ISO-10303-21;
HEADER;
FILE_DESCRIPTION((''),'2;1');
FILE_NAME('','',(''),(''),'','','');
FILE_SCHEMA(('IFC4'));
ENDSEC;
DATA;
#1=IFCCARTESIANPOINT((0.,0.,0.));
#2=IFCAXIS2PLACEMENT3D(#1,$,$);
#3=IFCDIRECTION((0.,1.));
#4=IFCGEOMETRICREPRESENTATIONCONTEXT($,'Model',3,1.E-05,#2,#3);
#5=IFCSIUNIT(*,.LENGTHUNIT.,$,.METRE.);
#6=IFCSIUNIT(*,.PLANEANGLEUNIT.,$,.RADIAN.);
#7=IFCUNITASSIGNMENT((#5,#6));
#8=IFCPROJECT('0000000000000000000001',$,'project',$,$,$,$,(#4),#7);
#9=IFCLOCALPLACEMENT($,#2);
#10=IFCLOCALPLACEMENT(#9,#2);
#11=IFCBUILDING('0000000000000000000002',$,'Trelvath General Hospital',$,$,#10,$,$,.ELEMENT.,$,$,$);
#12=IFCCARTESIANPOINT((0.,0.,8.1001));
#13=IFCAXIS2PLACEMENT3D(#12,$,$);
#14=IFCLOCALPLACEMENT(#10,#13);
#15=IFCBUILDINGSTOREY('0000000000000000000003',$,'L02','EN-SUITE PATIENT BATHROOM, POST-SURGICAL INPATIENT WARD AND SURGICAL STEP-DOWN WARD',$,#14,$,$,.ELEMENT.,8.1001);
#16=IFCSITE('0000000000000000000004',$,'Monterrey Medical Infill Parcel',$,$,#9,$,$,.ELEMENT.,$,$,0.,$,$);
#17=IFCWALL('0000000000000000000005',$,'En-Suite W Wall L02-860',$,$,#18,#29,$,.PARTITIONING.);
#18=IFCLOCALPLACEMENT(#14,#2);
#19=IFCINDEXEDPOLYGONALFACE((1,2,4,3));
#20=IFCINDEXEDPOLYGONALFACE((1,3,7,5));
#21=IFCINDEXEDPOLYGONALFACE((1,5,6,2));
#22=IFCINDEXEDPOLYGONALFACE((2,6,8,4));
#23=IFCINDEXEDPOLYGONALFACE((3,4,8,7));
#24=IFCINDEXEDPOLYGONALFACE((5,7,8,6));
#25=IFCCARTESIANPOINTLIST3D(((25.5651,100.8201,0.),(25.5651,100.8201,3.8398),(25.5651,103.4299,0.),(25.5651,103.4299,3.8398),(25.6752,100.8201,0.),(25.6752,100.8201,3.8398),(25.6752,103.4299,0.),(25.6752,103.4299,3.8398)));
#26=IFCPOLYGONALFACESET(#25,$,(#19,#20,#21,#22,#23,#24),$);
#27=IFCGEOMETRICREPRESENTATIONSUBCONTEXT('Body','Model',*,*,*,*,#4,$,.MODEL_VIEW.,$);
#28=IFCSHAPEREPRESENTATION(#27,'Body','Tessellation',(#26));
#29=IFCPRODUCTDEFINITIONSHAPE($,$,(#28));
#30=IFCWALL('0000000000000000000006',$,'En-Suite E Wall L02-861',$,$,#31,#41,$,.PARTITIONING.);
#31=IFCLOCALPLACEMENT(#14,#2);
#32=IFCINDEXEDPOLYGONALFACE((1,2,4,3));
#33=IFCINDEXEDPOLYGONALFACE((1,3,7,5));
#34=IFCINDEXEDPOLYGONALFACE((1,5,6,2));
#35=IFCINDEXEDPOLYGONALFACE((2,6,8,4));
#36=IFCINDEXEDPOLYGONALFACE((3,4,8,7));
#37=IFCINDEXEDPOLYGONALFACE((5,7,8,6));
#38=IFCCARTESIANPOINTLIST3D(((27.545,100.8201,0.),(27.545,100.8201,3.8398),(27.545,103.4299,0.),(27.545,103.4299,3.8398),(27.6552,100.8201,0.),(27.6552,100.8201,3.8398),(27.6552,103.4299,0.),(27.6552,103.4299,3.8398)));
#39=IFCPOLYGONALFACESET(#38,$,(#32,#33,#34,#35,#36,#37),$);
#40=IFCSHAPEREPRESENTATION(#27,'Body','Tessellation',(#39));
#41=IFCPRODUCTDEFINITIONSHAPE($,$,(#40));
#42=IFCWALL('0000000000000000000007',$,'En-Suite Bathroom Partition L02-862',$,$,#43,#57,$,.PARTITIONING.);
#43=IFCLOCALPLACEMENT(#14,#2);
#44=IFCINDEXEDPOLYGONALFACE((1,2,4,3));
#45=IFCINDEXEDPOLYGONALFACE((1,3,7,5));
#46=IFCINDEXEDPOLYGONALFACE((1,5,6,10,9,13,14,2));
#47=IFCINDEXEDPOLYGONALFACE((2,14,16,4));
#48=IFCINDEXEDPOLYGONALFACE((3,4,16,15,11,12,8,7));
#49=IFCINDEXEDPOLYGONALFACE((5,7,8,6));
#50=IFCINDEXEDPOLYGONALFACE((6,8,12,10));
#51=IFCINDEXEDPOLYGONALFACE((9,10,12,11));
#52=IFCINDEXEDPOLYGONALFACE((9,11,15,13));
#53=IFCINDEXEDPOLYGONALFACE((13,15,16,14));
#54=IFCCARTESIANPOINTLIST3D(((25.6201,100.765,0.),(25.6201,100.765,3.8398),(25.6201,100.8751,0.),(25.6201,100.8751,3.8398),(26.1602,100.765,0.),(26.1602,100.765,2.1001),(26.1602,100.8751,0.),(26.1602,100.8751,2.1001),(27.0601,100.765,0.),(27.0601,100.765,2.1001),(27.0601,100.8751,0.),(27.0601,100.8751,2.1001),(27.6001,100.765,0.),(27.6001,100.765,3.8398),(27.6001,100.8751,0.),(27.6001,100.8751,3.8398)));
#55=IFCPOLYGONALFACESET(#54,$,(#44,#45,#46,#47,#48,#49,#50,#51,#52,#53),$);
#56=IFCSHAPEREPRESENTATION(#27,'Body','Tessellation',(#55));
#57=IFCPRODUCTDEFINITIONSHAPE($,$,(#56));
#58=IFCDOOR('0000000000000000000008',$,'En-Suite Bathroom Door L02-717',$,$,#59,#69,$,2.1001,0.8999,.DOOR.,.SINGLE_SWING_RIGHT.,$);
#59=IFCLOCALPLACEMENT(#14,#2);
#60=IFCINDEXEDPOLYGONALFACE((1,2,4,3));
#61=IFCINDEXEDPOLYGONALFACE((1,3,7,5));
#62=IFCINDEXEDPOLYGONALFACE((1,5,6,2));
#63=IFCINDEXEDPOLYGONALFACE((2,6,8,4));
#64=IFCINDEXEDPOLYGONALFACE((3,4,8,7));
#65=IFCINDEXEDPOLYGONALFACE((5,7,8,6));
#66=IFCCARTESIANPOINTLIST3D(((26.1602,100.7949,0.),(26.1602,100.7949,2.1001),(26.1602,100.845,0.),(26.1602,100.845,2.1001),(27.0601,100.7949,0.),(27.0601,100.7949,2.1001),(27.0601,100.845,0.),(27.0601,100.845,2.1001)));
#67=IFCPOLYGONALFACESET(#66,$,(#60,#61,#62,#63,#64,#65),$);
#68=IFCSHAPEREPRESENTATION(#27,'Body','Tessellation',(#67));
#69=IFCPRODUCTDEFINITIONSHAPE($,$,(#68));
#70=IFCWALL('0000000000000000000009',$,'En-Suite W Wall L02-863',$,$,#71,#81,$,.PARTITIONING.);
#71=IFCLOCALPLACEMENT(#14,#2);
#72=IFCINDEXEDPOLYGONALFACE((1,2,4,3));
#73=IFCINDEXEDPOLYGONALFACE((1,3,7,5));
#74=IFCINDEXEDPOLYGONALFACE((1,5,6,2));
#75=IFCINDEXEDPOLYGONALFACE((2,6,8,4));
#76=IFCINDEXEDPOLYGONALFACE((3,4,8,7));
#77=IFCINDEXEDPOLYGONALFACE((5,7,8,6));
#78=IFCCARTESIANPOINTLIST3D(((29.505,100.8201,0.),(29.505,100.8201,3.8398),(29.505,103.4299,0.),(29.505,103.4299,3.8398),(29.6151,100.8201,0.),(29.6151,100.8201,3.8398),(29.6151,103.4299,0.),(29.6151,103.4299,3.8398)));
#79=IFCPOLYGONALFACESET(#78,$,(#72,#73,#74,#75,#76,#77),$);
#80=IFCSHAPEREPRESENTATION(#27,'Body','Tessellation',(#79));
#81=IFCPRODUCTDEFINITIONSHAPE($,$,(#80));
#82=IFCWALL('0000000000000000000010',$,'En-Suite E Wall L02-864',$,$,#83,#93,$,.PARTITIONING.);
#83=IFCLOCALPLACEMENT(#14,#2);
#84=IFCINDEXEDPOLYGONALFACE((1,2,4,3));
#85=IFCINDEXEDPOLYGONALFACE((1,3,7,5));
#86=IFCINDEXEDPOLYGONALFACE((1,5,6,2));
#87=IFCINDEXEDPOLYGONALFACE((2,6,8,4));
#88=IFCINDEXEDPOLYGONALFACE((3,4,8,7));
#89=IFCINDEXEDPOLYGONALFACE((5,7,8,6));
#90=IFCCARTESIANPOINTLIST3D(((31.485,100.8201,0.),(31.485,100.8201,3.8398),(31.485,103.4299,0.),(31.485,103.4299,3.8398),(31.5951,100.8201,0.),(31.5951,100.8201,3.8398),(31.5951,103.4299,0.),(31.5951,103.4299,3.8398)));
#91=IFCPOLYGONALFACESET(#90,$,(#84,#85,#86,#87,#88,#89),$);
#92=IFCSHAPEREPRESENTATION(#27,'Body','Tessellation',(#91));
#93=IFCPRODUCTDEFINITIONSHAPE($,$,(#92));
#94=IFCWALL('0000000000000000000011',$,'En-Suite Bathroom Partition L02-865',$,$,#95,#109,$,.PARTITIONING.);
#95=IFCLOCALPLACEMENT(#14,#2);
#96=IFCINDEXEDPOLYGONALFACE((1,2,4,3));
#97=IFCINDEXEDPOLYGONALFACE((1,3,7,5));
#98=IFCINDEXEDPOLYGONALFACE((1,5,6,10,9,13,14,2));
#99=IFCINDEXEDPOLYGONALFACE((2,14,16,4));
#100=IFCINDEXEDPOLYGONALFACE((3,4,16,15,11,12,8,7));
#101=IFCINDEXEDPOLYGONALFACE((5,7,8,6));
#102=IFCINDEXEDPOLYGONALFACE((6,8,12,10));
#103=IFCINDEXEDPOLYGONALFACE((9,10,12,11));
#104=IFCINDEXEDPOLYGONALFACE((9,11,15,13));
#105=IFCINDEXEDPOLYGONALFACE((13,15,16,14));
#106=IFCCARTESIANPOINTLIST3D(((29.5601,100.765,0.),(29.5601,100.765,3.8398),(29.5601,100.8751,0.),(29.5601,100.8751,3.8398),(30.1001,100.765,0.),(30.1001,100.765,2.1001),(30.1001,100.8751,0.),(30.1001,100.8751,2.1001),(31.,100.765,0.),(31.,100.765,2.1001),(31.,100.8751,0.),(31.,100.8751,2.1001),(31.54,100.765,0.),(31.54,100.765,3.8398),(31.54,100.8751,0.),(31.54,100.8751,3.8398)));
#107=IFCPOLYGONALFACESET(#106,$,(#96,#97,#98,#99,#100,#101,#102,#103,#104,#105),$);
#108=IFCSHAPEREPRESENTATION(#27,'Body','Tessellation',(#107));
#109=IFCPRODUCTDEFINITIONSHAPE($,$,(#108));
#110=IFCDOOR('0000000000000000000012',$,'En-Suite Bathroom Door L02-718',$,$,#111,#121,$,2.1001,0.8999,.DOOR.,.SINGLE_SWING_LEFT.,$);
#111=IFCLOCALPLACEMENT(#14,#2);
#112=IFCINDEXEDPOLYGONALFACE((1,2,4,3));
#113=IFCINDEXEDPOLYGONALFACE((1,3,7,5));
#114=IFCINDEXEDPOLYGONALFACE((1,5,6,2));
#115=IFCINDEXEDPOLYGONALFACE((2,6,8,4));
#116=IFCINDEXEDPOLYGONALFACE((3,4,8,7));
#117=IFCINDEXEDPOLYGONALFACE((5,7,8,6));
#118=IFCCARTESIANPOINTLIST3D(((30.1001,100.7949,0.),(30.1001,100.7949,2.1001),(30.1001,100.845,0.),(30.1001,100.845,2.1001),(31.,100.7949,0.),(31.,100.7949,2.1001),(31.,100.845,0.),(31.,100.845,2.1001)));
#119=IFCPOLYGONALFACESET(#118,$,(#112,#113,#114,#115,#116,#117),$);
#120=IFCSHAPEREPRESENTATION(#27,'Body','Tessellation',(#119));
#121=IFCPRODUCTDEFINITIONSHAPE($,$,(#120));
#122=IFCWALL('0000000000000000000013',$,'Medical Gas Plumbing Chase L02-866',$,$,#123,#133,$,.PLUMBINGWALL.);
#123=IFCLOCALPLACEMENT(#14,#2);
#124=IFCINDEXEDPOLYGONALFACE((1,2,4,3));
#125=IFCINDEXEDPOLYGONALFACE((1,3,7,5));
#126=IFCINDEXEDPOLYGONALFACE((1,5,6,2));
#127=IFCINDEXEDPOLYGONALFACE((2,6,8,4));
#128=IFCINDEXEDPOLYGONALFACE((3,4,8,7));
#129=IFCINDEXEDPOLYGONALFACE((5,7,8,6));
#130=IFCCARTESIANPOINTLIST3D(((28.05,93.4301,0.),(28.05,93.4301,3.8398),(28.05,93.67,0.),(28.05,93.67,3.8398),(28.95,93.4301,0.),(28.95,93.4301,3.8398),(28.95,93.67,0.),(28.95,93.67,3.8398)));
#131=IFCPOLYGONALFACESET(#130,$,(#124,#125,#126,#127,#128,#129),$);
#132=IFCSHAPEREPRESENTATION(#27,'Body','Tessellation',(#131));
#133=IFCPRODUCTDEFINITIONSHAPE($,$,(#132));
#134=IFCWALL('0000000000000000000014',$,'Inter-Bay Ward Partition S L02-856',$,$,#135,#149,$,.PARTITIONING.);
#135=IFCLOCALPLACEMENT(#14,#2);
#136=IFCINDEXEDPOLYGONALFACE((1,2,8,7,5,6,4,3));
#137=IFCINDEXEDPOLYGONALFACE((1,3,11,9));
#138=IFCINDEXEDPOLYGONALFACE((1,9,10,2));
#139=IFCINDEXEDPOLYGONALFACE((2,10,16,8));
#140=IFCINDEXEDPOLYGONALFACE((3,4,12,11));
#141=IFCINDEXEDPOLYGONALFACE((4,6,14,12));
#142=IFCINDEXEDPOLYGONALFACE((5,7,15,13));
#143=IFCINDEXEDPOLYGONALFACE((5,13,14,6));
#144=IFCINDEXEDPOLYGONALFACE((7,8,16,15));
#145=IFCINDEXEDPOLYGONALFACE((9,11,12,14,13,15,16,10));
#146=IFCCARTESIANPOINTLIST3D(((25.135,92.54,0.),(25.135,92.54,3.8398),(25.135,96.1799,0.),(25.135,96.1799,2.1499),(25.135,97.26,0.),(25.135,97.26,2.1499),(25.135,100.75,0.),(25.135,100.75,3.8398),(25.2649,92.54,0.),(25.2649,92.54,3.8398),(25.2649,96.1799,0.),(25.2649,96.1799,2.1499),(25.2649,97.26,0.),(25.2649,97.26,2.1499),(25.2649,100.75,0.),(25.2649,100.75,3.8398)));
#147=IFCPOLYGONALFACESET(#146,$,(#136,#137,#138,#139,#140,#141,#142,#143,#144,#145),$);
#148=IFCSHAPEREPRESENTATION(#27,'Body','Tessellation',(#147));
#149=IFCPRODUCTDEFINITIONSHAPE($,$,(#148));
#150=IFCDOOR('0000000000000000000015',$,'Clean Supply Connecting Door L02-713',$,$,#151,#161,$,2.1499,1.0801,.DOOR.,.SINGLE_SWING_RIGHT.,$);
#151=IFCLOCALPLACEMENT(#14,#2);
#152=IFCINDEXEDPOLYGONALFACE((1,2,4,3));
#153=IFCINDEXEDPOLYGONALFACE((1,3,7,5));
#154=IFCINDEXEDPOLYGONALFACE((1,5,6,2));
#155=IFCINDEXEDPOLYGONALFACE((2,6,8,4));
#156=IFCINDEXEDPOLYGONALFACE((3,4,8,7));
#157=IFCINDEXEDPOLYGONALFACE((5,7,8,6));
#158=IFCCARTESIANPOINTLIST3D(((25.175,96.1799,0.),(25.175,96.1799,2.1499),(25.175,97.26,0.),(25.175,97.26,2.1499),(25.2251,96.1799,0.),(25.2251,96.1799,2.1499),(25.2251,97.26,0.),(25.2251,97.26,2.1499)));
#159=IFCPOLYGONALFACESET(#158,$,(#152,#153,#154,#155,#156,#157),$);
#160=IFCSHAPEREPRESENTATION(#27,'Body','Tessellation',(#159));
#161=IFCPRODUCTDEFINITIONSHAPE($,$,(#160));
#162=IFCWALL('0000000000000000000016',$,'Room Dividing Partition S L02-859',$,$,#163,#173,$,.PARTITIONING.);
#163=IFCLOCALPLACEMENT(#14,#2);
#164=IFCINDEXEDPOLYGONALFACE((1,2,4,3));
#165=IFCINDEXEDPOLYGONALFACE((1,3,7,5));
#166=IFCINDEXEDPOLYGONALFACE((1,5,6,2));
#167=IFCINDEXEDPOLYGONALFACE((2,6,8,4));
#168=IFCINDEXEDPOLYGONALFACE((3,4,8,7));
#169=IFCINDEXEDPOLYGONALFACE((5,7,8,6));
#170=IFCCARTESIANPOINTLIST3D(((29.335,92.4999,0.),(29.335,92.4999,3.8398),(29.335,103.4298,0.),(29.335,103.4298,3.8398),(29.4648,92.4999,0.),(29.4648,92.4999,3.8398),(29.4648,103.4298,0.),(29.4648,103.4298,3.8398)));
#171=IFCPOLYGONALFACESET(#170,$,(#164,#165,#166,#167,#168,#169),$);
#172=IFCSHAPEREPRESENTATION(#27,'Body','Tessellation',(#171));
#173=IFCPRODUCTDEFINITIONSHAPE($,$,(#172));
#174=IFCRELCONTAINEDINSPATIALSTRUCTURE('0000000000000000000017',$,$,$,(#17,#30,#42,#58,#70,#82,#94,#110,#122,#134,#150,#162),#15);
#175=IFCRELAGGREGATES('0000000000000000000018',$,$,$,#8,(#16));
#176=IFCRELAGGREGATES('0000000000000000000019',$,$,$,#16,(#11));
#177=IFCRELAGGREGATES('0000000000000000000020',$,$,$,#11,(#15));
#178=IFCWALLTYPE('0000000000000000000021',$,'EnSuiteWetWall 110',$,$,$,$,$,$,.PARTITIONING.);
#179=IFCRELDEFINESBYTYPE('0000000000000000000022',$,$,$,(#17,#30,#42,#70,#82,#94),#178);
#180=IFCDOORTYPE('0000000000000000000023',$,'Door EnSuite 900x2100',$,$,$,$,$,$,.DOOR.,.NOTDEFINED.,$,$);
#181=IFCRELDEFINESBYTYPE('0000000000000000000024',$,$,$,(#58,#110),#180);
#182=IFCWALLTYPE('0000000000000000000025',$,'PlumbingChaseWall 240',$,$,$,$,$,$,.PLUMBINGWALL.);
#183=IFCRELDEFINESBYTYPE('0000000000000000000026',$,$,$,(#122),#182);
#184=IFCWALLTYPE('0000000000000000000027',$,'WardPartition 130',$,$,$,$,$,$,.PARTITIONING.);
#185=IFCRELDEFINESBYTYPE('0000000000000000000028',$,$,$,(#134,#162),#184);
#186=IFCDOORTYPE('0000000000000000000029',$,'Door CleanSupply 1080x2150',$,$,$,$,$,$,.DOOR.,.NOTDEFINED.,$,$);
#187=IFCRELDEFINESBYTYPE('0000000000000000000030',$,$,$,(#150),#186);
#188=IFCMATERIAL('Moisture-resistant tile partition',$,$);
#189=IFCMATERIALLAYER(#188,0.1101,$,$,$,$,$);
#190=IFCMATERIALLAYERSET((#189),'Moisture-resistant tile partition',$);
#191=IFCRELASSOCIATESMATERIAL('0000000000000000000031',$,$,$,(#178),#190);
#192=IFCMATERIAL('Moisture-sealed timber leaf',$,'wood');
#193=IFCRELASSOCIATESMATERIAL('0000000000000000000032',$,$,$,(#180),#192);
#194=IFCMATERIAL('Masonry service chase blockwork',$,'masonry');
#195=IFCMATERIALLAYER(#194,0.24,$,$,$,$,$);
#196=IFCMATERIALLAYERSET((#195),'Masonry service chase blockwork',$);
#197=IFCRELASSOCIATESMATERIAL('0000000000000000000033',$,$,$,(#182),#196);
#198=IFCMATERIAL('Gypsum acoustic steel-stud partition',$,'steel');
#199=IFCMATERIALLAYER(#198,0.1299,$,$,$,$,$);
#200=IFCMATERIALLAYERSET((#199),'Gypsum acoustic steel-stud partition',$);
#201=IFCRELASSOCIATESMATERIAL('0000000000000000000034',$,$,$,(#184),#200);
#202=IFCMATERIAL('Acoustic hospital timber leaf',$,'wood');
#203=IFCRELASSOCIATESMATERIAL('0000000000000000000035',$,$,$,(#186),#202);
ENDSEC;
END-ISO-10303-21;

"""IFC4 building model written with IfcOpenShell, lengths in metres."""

from ifc_helpers import new_model, si_unit, direction, frame, frame_2d, origin, place, context, subcontext, project, spatial, rectangle, extrude, material, layer, layer_set, type_object, element, fill, save


model = new_model("IFC4")

# Units and contexts
model_context = context("Model", 3, precision=1e-05, world=origin(), true_north=direction((0.0, 1.0)))
body_context = subcontext(model_context, "Body", "Model", "MODEL_VIEW")
ifc_project = project(units=[si_unit("LENGTHUNIT", "METRE"), si_unit("PLANEANGLEUNIT", "RADIAN")], contexts=[model_context])

# Site, building, storey
site_placement = place(None, origin())
site = spatial("IfcSite", under=ifc_project, at=site_placement, Name="Monterrey Medical Infill Parcel", CompositionType="ELEMENT", RefElevation=0.0)
building_placement = place(site_placement, origin())
building = spatial("IfcBuilding", under=site, at=building_placement, Name="Trelvath General Hospital", CompositionType="ELEMENT")
storey_placement = place(building_placement, frame((0.0, 0.0, 8.1001)))
storey = spatial("IfcBuildingStorey", under=building, at=storey_placement, Name="L02", Description="EN-SUITE PATIENT BATHROOM, POST-SURGICAL INPATIENT WARD AND SURGICAL STEP-DOWN WARD", CompositionType="ELEMENT", Elevation=8.1001)

# Walls
ifc_material_1 = material(Name="Moisture-resistant tile partition")
ifc_layer_1 = layer(ifc_material_1, 0.1101)
ifc_layer_set_1 = layer_set([ifc_layer_1], Name="Moisture-resistant tile partition")
wall_type_1 = type_object("IfcWallType", Name="EnSuiteWetWall 110", PredefinedType="PARTITIONING", material=ifc_layer_set_1)
for number, where, z_axis, x_axis, name in (
    (1, (25.6201, 100.8201, 0.0), (0.0, 0.0, 1.0), (0.0, 1.0, 0.0), "En-Suite W Wall L02-860"),
    (2, (27.6001, 100.8201, 0.0), (0.0, 0.0, 1.0), (0.0, 1.0, 0.0), "En-Suite E Wall L02-861"),
):
    element("IfcWall", number, at=place(storey_placement, frame(where, z_axis=z_axis, x_axis=x_axis)), inside=storey, type_object=wall_type_1, Name=name, PredefinedType="PARTITIONING", context=body_context, shape_type="SweptSolid", body=[
        extrude(rectangle(XDim=2.6099, YDim=0.1101, at=frame_2d((1.3049, 0.0))), origin(), (0.0, 0.0, 1.0), 3.8398),
    ])

# Wall, opening, door
wall_1_placement = place(storey_placement, frame((25.6201, 100.8201, 0.0), z_axis=(0.0, 0.0, 1.0), x_axis=(1.0, 0.0, 0.0)))
wall_1 = element("IfcWall", 3, at=wall_1_placement, inside=storey, type_object=wall_type_1, Name="En-Suite Bathroom Partition L02-862", PredefinedType="PARTITIONING", context=body_context, shape_type="SweptSolid", body=[
    extrude(rectangle(XDim=1.98, YDim=0.1101, at=frame_2d((0.99, 0.0))), origin(), (0.0, 0.0, 1.0), 3.8398),
])
opening_1_placement = place(wall_1_placement, frame((0.54, 0.0, 0.0)))
opening_1 = element("IfcOpeningElement", 4, at=opening_1_placement, cuts=wall_1, PredefinedType="OPENING", context=body_context, shape_type="SweptSolid", body=[
    extrude(rectangle(XDim=0.8999, YDim=2.1001, at=frame_2d((0.45, 1.05))), frame((0.0, 0.0649, 0.0), z_axis=(0.0, -1.0, 0.0), x_axis=(1.0, 0.0, 0.0)), (0.0, 0.0, 1.0), 0.1301),
])
ifc_material_2 = material(Name="Moisture-sealed timber leaf", Category="wood")
door_type_1 = type_object("IfcDoorType", Name="Door EnSuite 900x2100", OperationType="NOTDEFINED", PredefinedType="DOOR", material=ifc_material_2)
door_1_placement = place(opening_1_placement, origin())
door_1 = element("IfcDoor", 5, at=door_1_placement, inside=storey, type_object=door_type_1, Name="En-Suite Bathroom Door L02-717", OperationType="SINGLE_SWING_RIGHT", OverallHeight=2.1001, OverallWidth=0.8999, PredefinedType="DOOR", context=body_context, shape_type="SweptSolid", body=[
    extrude(rectangle(XDim=0.8999, YDim=2.1001, at=frame_2d((0.45, 1.05))), frame((0.0, 0.0249, 0.0), z_axis=(0.0, -1.0, 0.0), x_axis=(1.0, 0.0, 0.0)), (0.0, 0.0, 1.0), 0.05),
])
fill(opening_1, door_1)

# Walls
for number, where, z_axis, x_axis, name in (
    (6, (29.5601, 100.8201, 0.0), (0.0, 0.0, 1.0), (0.0, 1.0, 0.0), "En-Suite W Wall L02-863"),
    (7, (31.54, 100.8201, 0.0), (0.0, 0.0, 1.0), (0.0, 1.0, 0.0), "En-Suite E Wall L02-864"),
):
    element("IfcWall", number, at=place(storey_placement, frame(where, z_axis=z_axis, x_axis=x_axis)), inside=storey, type_object=wall_type_1, Name=name, PredefinedType="PARTITIONING", context=body_context, shape_type="SweptSolid", body=[
        extrude(rectangle(XDim=2.6099, YDim=0.1101, at=frame_2d((1.3049, 0.0))), origin(), (0.0, 0.0, 1.0), 3.8398),
    ])

# Wall, opening, door
wall_2_placement = place(storey_placement, frame((29.5601, 100.8201, 0.0), z_axis=(0.0, 0.0, 1.0), x_axis=(1.0, 0.0, 0.0)))
wall_2 = element("IfcWall", 8, at=wall_2_placement, inside=storey, type_object=wall_type_1, Name="En-Suite Bathroom Partition L02-865", PredefinedType="PARTITIONING", context=body_context, shape_type="SweptSolid", body=[
    extrude(rectangle(XDim=1.98, YDim=0.1101, at=frame_2d((0.99, 0.0))), origin(), (0.0, 0.0, 1.0), 3.8398),
])
opening_2_placement = place(wall_2_placement, frame((0.54, 0.0, 0.0)))
opening_2 = element("IfcOpeningElement", 9, at=opening_2_placement, cuts=wall_2, PredefinedType="OPENING", context=body_context, shape_type="SweptSolid", body=[
    extrude(rectangle(XDim=0.8999, YDim=2.1001, at=frame_2d((0.45, 1.05))), frame((0.0, 0.0649, 0.0), z_axis=(0.0, -1.0, 0.0), x_axis=(1.0, 0.0, 0.0)), (0.0, 0.0, 1.0), 0.1301),
])
door_2_placement = place(opening_2_placement, origin())
door_2 = element("IfcDoor", 10, at=door_2_placement, inside=storey, type_object=door_type_1, Name="En-Suite Bathroom Door L02-718", OperationType="SINGLE_SWING_LEFT", OverallHeight=2.1001, OverallWidth=0.8999, PredefinedType="DOOR", context=body_context, shape_type="SweptSolid", body=[
    extrude(rectangle(XDim=0.8999, YDim=2.1001, at=frame_2d((0.45, 1.05))), frame((0.0, 0.0249, 0.0), z_axis=(0.0, -1.0, 0.0), x_axis=(1.0, 0.0, 0.0)), (0.0, 0.0, 1.0), 0.05),
])
fill(opening_2, door_2)

# Wall
ifc_material_3 = material(Name="Masonry service chase blockwork", Category="masonry")
ifc_layer_2 = layer(ifc_material_3, 0.24)
ifc_layer_set_2 = layer_set([ifc_layer_2], Name="Masonry service chase blockwork")
wall_type_2 = type_object("IfcWallType", Name="PlumbingChaseWall 240", PredefinedType="PLUMBINGWALL", material=ifc_layer_set_2)
wall_3_placement = place(storey_placement, frame((28.05, 93.55, 0.0), z_axis=(0.0, 0.0, 1.0), x_axis=(1.0, 0.0, 0.0)))
element("IfcWall", 11, at=wall_3_placement, inside=storey, type_object=wall_type_2, Name="Medical Gas Plumbing Chase L02-866", PredefinedType="PLUMBINGWALL", context=body_context, shape_type="SweptSolid", body=[
    extrude(rectangle(XDim=0.8999, YDim=0.24, at=frame_2d((0.45, 0.0))), origin(), (0.0, 0.0, 1.0), 3.8398),
])

# Wall, opening, door
ifc_material_4 = material(Name="Gypsum acoustic steel-stud partition", Category="steel")
ifc_layer_3 = layer(ifc_material_4, 0.1299)
ifc_layer_set_3 = layer_set([ifc_layer_3], Name="Gypsum acoustic steel-stud partition")
wall_type_3 = type_object("IfcWallType", Name="WardPartition 130", PredefinedType="PARTITIONING", material=ifc_layer_set_3)
wall_4_placement = place(storey_placement, frame((25.2, 92.54, 0.0), z_axis=(0.0, 0.0, 1.0), x_axis=(0.0, 1.0, 0.0)))
wall_4 = element("IfcWall", 12, at=wall_4_placement, inside=storey, type_object=wall_type_3, Name="Inter-Bay Ward Partition S L02-856", PredefinedType="PARTITIONING", context=body_context, shape_type="SweptSolid", body=[
    extrude(rectangle(XDim=8.21, YDim=0.1299, at=frame_2d((4.105, 0.0))), origin(), (0.0, 0.0, 1.0), 3.8398),
])
opening_3_placement = place(wall_4_placement, frame((3.6399, 0.0, 0.0)))
opening_3 = element("IfcOpeningElement", 13, at=opening_3_placement, cuts=wall_4, PredefinedType="OPENING", context=body_context, shape_type="SweptSolid", body=[
    extrude(rectangle(XDim=1.0801, YDim=2.1499, at=frame_2d((0.54, 1.075))), frame((0.0, 0.075, 0.0), z_axis=(0.0, -1.0, 0.0), x_axis=(1.0, 0.0, 0.0)), (0.0, 0.0, 1.0), 0.1499),
])
ifc_material_5 = material(Name="Acoustic hospital timber leaf", Category="wood")
door_type_2 = type_object("IfcDoorType", Name="Door CleanSupply 1080x2150", OperationType="NOTDEFINED", PredefinedType="DOOR", material=ifc_material_5)
door_3_placement = place(opening_3_placement, origin())
door_3 = element("IfcDoor", 14, at=door_3_placement, inside=storey, type_object=door_type_2, Name="Clean Supply Connecting Door L02-713", OperationType="SINGLE_SWING_RIGHT", OverallHeight=2.1499, OverallWidth=1.0801, PredefinedType="DOOR", context=body_context, shape_type="SweptSolid", body=[
    extrude(rectangle(XDim=1.0801, YDim=2.1499, at=frame_2d((0.54, 1.075))), frame((0.0, 0.0249, 0.0), z_axis=(0.0, -1.0, 0.0), x_axis=(1.0, 0.0, 0.0)), (0.0, 0.0, 1.0), 0.05),
])
fill(opening_3, door_3)

# Wall
wall_5_placement = place(storey_placement, frame((29.3999, 92.5, 0.0), z_axis=(0.0, 0.0, 1.0), x_axis=(0.0, 1.0, 0.0)))
element("IfcWall", 15, at=wall_5_placement, inside=storey, type_object=wall_type_3, Name="Room Dividing Partition S L02-859", PredefinedType="PARTITIONING", context=body_context, shape_type="SweptSolid", body=[
    extrude(rectangle(XDim=10.9299, YDim=0.1299, at=frame_2d((5.4648, 0.0))), origin(), (0.0, 0.0, 1.0), 3.8398),
])

save(model, "model.ifc")
